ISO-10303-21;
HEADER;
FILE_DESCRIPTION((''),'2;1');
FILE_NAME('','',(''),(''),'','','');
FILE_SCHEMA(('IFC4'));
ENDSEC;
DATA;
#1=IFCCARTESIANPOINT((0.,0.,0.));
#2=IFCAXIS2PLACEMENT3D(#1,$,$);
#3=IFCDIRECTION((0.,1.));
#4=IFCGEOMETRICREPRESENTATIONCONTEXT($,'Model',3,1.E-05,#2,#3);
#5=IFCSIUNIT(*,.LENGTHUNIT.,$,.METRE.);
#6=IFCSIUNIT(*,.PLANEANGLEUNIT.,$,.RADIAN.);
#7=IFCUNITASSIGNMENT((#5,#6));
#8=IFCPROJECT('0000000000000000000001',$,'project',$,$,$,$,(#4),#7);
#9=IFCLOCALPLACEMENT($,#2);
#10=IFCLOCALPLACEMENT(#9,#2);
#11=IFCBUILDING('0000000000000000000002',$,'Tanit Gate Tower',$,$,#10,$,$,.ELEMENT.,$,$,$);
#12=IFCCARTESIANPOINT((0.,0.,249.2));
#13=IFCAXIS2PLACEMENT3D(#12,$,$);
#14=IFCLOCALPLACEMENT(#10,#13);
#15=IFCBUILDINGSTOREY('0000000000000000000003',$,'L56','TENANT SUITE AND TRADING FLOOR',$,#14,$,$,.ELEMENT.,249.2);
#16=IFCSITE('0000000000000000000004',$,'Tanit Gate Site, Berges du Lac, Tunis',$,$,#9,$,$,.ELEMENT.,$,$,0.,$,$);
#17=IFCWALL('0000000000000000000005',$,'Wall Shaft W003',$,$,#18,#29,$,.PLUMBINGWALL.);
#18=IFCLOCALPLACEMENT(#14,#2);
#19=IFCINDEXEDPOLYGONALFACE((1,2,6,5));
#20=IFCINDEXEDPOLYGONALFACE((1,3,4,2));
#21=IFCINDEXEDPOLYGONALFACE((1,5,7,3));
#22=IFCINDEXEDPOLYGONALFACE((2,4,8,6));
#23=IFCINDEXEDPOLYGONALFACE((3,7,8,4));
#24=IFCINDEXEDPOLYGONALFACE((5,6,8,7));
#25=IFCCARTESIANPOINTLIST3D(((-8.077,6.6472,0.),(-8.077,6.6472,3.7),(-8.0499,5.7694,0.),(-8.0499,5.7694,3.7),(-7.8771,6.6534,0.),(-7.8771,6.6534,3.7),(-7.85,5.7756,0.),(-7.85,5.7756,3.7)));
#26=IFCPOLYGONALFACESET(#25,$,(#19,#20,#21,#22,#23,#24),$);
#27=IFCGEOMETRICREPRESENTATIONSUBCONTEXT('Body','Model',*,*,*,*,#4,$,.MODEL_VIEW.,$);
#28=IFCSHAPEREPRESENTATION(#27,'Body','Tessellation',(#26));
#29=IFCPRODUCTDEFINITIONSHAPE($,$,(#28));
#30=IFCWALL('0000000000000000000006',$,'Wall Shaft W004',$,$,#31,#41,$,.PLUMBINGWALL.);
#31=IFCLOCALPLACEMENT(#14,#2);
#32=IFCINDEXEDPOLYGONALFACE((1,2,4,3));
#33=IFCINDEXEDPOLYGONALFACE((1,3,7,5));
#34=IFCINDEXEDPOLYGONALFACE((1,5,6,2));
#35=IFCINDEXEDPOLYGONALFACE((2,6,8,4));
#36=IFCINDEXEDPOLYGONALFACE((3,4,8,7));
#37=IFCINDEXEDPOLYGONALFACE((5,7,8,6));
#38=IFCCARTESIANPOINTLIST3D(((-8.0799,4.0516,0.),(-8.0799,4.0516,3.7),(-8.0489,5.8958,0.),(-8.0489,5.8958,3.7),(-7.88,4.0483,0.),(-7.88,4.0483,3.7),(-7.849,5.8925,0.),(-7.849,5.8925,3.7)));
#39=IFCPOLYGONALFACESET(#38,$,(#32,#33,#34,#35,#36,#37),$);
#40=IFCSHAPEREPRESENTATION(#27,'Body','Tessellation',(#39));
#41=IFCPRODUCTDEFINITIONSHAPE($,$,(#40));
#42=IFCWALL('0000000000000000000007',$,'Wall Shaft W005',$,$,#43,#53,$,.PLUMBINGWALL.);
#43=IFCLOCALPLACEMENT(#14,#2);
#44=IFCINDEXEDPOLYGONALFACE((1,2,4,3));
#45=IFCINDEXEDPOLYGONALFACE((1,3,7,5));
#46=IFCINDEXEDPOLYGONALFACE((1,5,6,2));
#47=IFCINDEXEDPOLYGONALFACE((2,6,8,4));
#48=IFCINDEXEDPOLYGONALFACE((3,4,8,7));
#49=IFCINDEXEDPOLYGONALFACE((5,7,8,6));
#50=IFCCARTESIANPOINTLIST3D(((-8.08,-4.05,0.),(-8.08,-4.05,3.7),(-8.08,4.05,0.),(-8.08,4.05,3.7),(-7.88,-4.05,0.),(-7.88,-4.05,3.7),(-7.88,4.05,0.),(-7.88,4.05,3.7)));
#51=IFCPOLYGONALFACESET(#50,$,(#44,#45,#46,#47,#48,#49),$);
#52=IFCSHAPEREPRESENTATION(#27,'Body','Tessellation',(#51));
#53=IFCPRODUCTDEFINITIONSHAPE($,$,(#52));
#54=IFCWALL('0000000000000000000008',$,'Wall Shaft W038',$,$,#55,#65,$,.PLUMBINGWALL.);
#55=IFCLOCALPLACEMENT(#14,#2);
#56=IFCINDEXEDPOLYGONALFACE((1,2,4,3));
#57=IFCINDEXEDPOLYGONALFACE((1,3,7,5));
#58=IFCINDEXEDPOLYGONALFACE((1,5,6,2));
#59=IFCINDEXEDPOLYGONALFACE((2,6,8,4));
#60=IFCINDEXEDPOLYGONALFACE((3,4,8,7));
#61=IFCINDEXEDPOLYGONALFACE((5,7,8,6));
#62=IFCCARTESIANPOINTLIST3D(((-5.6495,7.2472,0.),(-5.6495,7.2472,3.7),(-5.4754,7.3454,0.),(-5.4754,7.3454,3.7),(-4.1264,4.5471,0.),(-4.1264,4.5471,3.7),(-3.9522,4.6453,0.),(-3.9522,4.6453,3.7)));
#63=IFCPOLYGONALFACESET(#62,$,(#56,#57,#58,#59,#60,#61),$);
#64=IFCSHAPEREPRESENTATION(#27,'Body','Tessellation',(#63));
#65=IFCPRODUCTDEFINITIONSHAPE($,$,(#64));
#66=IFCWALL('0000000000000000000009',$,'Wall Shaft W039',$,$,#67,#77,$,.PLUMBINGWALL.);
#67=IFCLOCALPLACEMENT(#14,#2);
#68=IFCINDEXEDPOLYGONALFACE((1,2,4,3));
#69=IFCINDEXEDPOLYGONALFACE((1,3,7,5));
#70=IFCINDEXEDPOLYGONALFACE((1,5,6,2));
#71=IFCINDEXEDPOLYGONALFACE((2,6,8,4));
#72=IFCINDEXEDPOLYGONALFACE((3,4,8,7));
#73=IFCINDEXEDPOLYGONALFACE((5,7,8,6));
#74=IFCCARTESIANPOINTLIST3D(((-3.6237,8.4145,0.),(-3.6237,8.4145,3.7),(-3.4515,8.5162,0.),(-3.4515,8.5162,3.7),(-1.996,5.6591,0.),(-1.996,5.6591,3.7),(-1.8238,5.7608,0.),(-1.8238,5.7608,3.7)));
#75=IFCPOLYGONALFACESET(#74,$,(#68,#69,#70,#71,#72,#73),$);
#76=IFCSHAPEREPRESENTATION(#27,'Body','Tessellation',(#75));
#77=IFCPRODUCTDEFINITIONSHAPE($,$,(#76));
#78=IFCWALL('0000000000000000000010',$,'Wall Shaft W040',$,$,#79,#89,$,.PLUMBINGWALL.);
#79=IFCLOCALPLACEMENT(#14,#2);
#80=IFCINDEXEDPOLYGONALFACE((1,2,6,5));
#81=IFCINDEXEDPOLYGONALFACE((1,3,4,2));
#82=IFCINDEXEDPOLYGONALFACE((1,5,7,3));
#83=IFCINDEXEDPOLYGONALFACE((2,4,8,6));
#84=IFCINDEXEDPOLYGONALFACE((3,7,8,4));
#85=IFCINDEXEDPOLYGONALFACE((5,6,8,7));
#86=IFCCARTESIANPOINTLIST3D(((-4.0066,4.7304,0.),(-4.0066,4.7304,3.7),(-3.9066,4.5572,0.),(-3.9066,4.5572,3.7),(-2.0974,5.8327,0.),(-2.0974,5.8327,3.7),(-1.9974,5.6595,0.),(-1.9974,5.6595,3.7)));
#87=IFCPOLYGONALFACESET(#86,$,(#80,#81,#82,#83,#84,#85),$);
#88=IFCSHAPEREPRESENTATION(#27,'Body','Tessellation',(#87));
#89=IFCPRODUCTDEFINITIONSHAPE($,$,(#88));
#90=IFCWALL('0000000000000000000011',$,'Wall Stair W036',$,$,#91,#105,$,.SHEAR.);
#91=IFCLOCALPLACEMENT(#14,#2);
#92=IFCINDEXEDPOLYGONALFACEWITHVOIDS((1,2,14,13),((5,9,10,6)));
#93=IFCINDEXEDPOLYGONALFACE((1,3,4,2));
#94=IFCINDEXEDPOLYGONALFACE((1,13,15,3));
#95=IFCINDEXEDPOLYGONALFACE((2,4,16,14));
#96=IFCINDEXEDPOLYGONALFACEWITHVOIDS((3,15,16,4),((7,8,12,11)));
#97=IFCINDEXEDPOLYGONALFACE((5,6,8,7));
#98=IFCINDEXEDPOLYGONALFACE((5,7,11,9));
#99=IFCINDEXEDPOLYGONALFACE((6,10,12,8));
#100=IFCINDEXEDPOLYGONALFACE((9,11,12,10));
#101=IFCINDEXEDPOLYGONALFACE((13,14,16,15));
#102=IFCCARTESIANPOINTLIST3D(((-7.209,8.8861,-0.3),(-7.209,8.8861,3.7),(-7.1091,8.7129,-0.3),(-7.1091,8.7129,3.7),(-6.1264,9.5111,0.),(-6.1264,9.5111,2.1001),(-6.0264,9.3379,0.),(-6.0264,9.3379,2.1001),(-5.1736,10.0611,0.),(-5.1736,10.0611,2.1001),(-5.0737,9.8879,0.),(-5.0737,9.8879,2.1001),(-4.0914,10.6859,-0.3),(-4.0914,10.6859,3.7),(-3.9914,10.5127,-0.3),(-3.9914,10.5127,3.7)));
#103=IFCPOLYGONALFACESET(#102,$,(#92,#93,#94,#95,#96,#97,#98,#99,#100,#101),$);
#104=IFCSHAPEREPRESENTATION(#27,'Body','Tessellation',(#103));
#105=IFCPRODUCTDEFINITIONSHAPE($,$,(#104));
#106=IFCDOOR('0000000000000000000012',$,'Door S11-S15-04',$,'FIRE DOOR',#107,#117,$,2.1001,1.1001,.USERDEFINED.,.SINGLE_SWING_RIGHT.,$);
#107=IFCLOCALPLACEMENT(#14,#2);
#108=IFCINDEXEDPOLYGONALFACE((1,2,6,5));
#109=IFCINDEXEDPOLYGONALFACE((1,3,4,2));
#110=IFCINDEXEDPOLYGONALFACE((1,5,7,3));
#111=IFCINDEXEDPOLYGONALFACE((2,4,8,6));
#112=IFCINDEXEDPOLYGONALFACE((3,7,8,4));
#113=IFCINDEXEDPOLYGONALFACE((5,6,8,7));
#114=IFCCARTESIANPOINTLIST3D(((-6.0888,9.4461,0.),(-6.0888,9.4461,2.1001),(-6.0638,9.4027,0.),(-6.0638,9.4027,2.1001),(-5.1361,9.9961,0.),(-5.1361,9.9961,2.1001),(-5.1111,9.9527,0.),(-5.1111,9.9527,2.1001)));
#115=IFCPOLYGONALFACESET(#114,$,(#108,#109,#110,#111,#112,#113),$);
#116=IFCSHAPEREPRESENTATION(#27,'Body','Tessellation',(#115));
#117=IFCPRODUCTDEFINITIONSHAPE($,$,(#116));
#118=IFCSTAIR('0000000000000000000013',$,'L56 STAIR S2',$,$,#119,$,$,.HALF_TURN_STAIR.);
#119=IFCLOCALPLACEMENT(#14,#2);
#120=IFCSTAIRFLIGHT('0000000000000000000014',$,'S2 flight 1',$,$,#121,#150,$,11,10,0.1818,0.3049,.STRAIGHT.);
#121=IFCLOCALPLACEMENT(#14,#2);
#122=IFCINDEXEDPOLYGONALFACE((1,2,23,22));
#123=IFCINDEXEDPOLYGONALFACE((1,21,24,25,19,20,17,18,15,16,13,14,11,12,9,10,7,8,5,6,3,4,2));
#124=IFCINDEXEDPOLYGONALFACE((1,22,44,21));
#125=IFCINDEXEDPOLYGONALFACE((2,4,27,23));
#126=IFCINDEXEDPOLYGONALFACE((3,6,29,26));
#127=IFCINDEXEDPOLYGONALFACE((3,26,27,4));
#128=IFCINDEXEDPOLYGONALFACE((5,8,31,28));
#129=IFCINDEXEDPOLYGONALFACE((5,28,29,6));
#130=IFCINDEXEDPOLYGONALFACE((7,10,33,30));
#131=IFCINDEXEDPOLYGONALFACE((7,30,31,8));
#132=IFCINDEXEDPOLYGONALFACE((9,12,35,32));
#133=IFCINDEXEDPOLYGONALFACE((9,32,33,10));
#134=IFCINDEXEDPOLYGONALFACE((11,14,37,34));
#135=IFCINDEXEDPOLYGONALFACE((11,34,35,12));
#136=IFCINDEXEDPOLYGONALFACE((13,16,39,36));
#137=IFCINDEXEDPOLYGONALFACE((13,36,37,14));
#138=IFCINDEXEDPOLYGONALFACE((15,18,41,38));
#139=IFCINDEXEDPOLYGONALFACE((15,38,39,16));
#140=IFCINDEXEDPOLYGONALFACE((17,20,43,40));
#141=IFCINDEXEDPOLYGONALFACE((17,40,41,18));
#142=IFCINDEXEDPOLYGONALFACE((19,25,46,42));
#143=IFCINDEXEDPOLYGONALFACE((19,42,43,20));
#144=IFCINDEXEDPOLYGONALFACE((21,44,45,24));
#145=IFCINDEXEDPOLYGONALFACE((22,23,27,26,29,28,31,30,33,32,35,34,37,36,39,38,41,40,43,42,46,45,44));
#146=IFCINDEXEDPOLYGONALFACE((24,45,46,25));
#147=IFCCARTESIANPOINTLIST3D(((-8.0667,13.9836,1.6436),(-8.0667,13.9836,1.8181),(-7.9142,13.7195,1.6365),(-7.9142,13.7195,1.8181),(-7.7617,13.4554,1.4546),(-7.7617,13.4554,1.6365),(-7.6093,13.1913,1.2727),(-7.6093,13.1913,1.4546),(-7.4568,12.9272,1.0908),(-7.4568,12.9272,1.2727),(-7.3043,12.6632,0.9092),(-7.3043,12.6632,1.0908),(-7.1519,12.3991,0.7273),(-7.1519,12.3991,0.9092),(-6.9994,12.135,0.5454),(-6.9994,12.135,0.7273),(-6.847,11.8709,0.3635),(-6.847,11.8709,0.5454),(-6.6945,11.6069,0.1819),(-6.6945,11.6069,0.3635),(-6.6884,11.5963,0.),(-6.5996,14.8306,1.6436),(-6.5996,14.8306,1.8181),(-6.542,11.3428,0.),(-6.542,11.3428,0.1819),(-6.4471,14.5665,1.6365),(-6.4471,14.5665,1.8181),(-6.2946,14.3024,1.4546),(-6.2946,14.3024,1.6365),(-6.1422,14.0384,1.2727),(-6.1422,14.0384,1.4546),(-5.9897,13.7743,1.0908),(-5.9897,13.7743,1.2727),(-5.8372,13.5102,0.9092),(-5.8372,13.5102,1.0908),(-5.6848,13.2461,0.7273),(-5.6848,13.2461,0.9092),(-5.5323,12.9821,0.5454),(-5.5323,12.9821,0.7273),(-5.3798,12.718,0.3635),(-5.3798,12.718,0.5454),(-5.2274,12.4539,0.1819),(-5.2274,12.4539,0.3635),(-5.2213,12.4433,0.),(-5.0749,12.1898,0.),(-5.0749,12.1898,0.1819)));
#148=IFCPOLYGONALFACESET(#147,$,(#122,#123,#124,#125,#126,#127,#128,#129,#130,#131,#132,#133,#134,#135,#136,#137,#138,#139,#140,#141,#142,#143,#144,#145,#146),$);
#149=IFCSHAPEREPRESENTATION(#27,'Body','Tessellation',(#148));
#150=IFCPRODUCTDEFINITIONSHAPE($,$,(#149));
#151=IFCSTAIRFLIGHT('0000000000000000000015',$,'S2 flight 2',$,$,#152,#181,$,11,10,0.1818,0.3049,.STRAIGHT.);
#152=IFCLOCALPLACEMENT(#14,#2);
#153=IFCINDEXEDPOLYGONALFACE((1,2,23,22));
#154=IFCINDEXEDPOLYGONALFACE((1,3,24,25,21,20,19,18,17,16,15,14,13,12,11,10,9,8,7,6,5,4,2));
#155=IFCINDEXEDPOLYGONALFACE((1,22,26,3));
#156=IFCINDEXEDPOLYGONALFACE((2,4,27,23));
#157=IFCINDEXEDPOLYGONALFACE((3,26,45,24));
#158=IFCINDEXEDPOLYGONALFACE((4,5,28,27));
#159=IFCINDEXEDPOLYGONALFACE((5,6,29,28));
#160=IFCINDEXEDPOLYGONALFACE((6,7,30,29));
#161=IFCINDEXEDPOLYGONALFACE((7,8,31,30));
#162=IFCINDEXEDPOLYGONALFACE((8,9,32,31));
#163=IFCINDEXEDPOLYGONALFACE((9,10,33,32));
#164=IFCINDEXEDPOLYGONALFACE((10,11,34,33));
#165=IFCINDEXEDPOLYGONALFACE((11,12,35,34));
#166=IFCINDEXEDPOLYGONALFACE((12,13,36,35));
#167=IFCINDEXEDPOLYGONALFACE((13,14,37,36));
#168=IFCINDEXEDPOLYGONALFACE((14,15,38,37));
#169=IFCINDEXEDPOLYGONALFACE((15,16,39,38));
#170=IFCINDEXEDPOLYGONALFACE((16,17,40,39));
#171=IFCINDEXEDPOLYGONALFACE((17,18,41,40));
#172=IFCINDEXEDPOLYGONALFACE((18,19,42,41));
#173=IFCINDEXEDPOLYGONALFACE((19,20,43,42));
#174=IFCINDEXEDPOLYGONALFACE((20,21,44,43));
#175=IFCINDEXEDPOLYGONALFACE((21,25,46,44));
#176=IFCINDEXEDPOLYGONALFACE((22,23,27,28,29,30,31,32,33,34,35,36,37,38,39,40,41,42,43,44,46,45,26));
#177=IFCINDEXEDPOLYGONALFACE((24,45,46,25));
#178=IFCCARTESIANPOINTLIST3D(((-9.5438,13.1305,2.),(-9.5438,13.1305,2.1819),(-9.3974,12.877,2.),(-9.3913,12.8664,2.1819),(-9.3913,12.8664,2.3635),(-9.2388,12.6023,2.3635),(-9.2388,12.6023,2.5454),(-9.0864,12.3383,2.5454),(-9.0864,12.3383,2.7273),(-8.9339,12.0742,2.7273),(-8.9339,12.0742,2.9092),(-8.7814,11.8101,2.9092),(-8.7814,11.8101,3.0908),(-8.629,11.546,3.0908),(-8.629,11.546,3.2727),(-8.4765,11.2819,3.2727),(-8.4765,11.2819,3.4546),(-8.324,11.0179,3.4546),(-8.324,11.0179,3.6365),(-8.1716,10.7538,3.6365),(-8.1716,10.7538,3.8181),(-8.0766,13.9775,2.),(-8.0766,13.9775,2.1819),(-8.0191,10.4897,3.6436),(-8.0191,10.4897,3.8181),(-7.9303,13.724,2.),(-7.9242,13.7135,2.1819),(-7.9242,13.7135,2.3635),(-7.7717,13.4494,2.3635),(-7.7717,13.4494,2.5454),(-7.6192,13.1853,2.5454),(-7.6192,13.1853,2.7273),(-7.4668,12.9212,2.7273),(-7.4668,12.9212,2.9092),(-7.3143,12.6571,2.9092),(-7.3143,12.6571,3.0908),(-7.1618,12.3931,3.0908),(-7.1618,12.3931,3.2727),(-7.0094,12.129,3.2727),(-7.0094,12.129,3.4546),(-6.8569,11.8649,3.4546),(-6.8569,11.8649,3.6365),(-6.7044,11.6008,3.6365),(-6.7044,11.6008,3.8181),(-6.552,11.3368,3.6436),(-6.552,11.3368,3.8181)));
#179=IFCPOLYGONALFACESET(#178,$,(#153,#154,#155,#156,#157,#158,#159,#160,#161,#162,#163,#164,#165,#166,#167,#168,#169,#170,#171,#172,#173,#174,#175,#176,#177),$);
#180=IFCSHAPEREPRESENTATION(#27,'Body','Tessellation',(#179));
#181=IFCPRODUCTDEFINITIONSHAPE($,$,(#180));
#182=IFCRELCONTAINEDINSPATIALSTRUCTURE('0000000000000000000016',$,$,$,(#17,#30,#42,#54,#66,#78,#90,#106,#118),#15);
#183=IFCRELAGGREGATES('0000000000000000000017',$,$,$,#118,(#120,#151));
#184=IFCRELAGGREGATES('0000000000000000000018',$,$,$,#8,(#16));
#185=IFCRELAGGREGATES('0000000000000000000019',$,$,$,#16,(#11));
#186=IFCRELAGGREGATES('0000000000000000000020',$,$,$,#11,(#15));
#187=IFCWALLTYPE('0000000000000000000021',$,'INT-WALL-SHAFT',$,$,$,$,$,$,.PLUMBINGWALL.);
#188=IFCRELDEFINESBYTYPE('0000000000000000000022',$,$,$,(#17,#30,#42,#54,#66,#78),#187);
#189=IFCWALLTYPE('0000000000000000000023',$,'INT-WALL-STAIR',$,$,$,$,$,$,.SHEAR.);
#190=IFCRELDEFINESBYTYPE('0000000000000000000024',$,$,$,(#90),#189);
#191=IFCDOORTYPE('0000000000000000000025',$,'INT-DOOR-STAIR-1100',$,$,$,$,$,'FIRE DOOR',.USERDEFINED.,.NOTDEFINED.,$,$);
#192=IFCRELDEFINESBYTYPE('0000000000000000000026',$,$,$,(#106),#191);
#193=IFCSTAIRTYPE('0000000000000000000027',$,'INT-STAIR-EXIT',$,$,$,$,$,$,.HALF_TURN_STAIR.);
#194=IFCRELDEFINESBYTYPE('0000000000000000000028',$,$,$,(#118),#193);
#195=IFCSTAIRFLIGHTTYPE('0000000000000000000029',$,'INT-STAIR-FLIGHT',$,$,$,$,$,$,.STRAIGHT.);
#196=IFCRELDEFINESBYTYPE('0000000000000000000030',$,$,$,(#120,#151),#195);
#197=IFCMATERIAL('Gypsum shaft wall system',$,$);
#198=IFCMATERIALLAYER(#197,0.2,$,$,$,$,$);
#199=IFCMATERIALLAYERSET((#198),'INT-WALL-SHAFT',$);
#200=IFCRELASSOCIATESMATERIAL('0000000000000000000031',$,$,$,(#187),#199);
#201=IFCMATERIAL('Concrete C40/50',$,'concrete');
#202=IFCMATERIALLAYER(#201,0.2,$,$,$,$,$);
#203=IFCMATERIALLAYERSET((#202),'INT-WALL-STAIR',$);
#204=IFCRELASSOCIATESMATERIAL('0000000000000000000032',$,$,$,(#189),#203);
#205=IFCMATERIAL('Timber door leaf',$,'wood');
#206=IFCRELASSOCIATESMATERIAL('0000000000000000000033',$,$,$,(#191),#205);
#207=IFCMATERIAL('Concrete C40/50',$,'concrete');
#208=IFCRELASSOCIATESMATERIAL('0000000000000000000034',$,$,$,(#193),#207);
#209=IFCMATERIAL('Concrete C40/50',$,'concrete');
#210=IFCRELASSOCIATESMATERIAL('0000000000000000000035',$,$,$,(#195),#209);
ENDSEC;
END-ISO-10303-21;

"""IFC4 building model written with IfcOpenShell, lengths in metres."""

from ifc_helpers import new_model, si_unit, direction, frame, frame_2d, origin, place, context, subcontext, project, spatial, polyline, rectangle, outline, extrude, material, layer, layer_set, type_object, element, fill, aggregate, save


model = new_model("IFC4")

# Units and contexts
model_context = context("Model", 3, precision=1e-05, world=origin(), true_north=direction((0.0, 1.0)))
body_context = subcontext(model_context, "Body", "Model", "MODEL_VIEW")
ifc_project = project(units=[si_unit("LENGTHUNIT", "METRE"), si_unit("PLANEANGLEUNIT", "RADIAN")], contexts=[model_context])

# Site, building, storey
site_placement = place(None, origin())
site = spatial("IfcSite", under=ifc_project, at=site_placement, Name="Tanit Gate Site, Berges du Lac, Tunis", CompositionType="ELEMENT", RefElevation=0.0)
building_placement = place(site_placement, origin())
building = spatial("IfcBuilding", under=site, at=building_placement, Name="Tanit Gate Tower", CompositionType="ELEMENT")
storey_placement = place(building_placement, frame((0.0, 0.0, 249.2)))
storey = spatial("IfcBuildingStorey", under=building, at=storey_placement, Name="L56", Description="TENANT SUITE AND TRADING FLOOR", CompositionType="ELEMENT", Elevation=249.2)

# Walls
ifc_material_1 = material(Name="Gypsum shaft wall system")
ifc_layer_1 = layer(ifc_material_1, 0.2)
ifc_layer_set_1 = layer_set([ifc_layer_1], Name="INT-WALL-SHAFT")
wall_type_1 = type_object("IfcWallType", Name="INT-WALL-SHAFT", PredefinedType="PLUMBINGWALL", material=ifc_layer_set_1)
wall_1_placement = place(storey_placement, frame((-7.9771, 6.6501, 0.0), z_axis=(0.0, 0.0, 1.0), x_axis=(0.030862, -0.999524, 0.0)))
element("IfcWall", 1, at=wall_1_placement, inside=storey, type_object=wall_type_1, Name="Wall Shaft W003", PredefinedType="PLUMBINGWALL", context=body_context, shape_type="SweptSolid", body=[
    extrude(rectangle(XDim=0.8782, YDim=0.2, at=frame_2d((0.439, 0.0))), origin(), (0.0, 0.0, 1.0), 3.7),
])
wall_2_placement = place(storey_placement, frame((-7.949, 5.8943, 0.0), z_axis=(0.0, 0.0, 1.0), x_axis=(-0.01681, -0.999859, 0.0)))
element("IfcWall", 2, at=wall_2_placement, inside=storey, type_object=wall_type_1, Name="Wall Shaft W004", PredefinedType="PLUMBINGWALL", context=body_context, shape_type="SweptSolid", body=[
    extrude(rectangle(XDim=1.8445, YDim=0.2, at=frame_2d((0.9224, 0.0))), origin(), (0.0, 0.0, 1.0), 3.7),
])
wall_3_placement = place(storey_placement, frame((-7.98, 4.05, 0.0), z_axis=(0.0, 0.0, 1.0), x_axis=(0.0, -1.0, 0.0)))
element("IfcWall", 3, at=wall_3_placement, inside=storey, type_object=wall_type_1, Name="Wall Shaft W005", PredefinedType="PLUMBINGWALL", context=body_context, shape_type="SweptSolid", body=[
    extrude(rectangle(XDim=8.1001, YDim=0.2, at=frame_2d((4.05, 0.0))), origin(), (0.0, 0.0, 1.0), 3.7),
])

# Walls
wall_4_placement = place(storey_placement, frame((-4.0393, 4.5962, 0.0), z_axis=(0.0, 0.0, 1.0), x_axis=(-0.491323, 0.870978, 0.0)))
element("IfcWall", 4, at=wall_4_placement, inside=storey, type_object=wall_type_1, Name="Wall Shaft W038", PredefinedType="PLUMBINGWALL", context=body_context, shape_type="SweptSolid", body=[
    extrude(rectangle(XDim=3.1001, YDim=0.2, at=frame_2d((1.55, 0.0))), origin(), (0.0, 0.0, 1.0), 3.7),
])
wall_5_placement = place(storey_placement, frame((-3.5376, 8.4653, 0.0), z_axis=(0.0, 0.0, 1.0), x_axis=(0.508616, -0.860993, 0.0)))
element("IfcWall", 5, at=wall_5_placement, inside=storey, type_object=wall_type_1, Name="Wall Shaft W039", PredefinedType="PLUMBINGWALL", context=body_context, shape_type="SweptSolid", body=[
    extrude(rectangle(XDim=3.2002, YDim=0.2, at=frame_2d((1.6001, 0.0))), origin(), (0.0, 0.0, 1.0), 3.7),
])
wall_6_placement = place(storey_placement, frame((-2.0474, 5.7461, 0.0), z_axis=(0.0, 0.0, 1.0), x_axis=(-0.86602, -0.50001, 0.0)))
element("IfcWall", 6, at=wall_6_placement, inside=storey, type_object=wall_type_1, Name="Wall Shaft W040", PredefinedType="PLUMBINGWALL", context=body_context, shape_type="SweptSolid", body=[
    extrude(rectangle(XDim=2.2046, YDim=0.2, at=frame_2d((1.1023, 0.0))), origin(), (0.0, 0.0, 1.0), 3.7),
])

# Wall, opening, door
ifc_material_2 = material(Name="Concrete C40/50", Category="concrete")
ifc_layer_2 = layer(ifc_material_2, 0.2)
ifc_layer_set_2 = layer_set([ifc_layer_2], Name="INT-WALL-STAIR")
wall_type_2 = type_object("IfcWallType", Name="INT-WALL-STAIR", PredefinedType="SHEAR", material=ifc_layer_set_2)
wall_7_placement = place(storey_placement, frame((-7.1589, 8.7996, -0.3), z_axis=(0.0, 0.0, 1.0), x_axis=(0.866048, 0.499961, 0.0)))
wall_7 = element("IfcWall", 7, at=wall_7_placement, inside=storey, type_object=wall_type_2, Name="Wall Stair W036", PredefinedType="SHEAR", context=body_context, shape_type="SweptSolid", body=[
    extrude(rectangle(XDim=3.5999, YDim=0.2, at=frame_2d((1.7998, 0.0))), origin(), (0.0, 0.0, 1.0), 4.0),
])
opening_1_placement = place(wall_7_placement, frame((1.25, 0.0, 0.3)))
opening_1 = element("IfcOpeningElement", 8, at=opening_1_placement, cuts=wall_7, PredefinedType="OPENING", context=body_context, shape_type="SweptSolid", body=[
    extrude(rectangle(XDim=1.1001, YDim=2.1001, at=frame_2d((0.55, 1.05))), frame((0.0, 0.1099, 0.0), z_axis=(0.0, -1.0, 0.0), x_axis=(1.0, 0.0, 0.0)), (0.0, 0.0, 1.0), 0.22),
])
ifc_material_3 = material(Name="Timber door leaf", Category="wood")
door_type_1 = type_object("IfcDoorType", Name="INT-DOOR-STAIR-1100", ElementType="FIRE DOOR", OperationType="NOTDEFINED", PredefinedType="USERDEFINED", material=ifc_material_3)
door_1_placement = place(opening_1_placement, origin())
door_1 = element("IfcDoor", 9, at=door_1_placement, inside=storey, type_object=door_type_1, Name="Door S11-S15-04", ObjectType="FIRE DOOR", OperationType="SINGLE_SWING_RIGHT", OverallHeight=2.1001, OverallWidth=1.1001, PredefinedType="USERDEFINED", context=body_context, shape_type="SweptSolid", body=[
    extrude(rectangle(XDim=1.1001, YDim=2.1001, at=frame_2d((0.55, 1.05))), frame((0.0, 0.0249, 0.0), z_axis=(0.0, -1.0, 0.0), x_axis=(1.0, 0.0, 0.0)), (0.0, 0.0, 1.0), 0.05),
])
fill(opening_1, door_1)

# Stair, stair flights
ifc_material_4 = material(Name="Concrete C40/50", Category="concrete")
stair_type = type_object("IfcStairType", Name="INT-STAIR-EXIT", PredefinedType="HALF_TURN_STAIR", material=ifc_material_4)
stair_placement = place(storey_placement, origin())
stair = element("IfcStair", 10, at=stair_placement, inside=storey, type_object=stair_type, Name="L56 STAIR S2", PredefinedType="HALF_TURN_STAIR")
ifc_material_5 = material(Name="Concrete C40/50", Category="concrete")
stair_flight_type = type_object("IfcStairFlightType", Name="INT-STAIR-FLIGHT", PredefinedType="STRAIGHT", material=ifc_material_5)
stair_flight_1_placement = place(storey_placement, frame((-5.8083, 11.7664, 0.0), z_axis=(0.0, 0.0, 1.0), x_axis=(-0.5, 0.866025, 0.0)))
stair_flight_1 = element("IfcStairFlight", 11, at=stair_flight_1_placement, type_object=stair_flight_type, Name="S2 flight 1", NumberOfRisers=11, NumberOfTreads=10, PredefinedType="STRAIGHT", RiserHeight=0.1818, TreadLength=0.3049, context=body_context, shape_type="SweptSolid", body=[
    extrude(outline(polyline([(0.0, 0.0), (0.0, 0.1819), (0.3049, 0.1819), (0.3049, 0.3635), (0.6099, 0.3635), (0.6099, 0.5454), (0.9148, 0.5454), (0.9148, 0.7273), (1.2197, 0.7273), (1.2197, 0.9092), (1.5247, 0.9092), (1.5247, 1.0908), (1.8296, 1.0908), (1.8296, 1.2727), (2.1345, 1.2727), (2.1345, 1.4546), (2.4395, 1.4546), (2.4395, 1.6365), (2.7444, 1.6365), (2.7444, 1.8181), (3.0493, 1.8181), (3.0493, 2.0), (3.0493, 1.6436), (0.2927, 0.0), (0.0, 0.0)])), frame((0.0, 0.8472, 0.0), z_axis=(0.0, -1.0, 0.0), x_axis=(1.0, 0.0, 0.0)), (0.0, 0.0, 1.0), 1.6941),
])
stair_flight_2_placement = place(storey_placement, frame((-8.8103, 13.554, 2.0), z_axis=(0.0, 0.0, 1.0), x_axis=(0.5, -0.866025, 0.0)))
stair_flight_2 = element("IfcStairFlight", 12, at=stair_flight_2_placement, type_object=stair_flight_type, Name="S2 flight 2", NumberOfRisers=11, NumberOfTreads=10, PredefinedType="STRAIGHT", RiserHeight=0.1818, TreadLength=0.3049, context=body_context, shape_type="SweptSolid", body=[
    extrude(outline(polyline([(0.0, 0.0), (0.0, 0.1819), (0.3049, 0.1819), (0.3049, 0.3635), (0.6099, 0.3635), (0.6099, 0.5454), (0.9148, 0.5454), (0.9148, 0.7273), (1.2197, 0.7273), (1.2197, 0.9092), (1.5247, 0.9092), (1.5247, 1.0908), (1.8296, 1.0908), (1.8296, 1.2727), (2.1345, 1.2727), (2.1345, 1.4546), (2.4395, 1.4546), (2.4395, 1.6365), (2.7444, 1.6365), (2.7444, 1.8181), (3.0493, 1.8181), (3.0493, 2.0), (3.0493, 1.6436), (0.2927, 0.0), (0.0, 0.0)])), frame((0.0, 0.8472, 0.0), z_axis=(0.0, -1.0, 0.0), x_axis=(1.0, 0.0, 0.0)), (0.0, 0.0, 1.0), 1.6941),
])
aggregate(stair, [stair_flight_1, stair_flight_2])

save(model, "model.ifc")
